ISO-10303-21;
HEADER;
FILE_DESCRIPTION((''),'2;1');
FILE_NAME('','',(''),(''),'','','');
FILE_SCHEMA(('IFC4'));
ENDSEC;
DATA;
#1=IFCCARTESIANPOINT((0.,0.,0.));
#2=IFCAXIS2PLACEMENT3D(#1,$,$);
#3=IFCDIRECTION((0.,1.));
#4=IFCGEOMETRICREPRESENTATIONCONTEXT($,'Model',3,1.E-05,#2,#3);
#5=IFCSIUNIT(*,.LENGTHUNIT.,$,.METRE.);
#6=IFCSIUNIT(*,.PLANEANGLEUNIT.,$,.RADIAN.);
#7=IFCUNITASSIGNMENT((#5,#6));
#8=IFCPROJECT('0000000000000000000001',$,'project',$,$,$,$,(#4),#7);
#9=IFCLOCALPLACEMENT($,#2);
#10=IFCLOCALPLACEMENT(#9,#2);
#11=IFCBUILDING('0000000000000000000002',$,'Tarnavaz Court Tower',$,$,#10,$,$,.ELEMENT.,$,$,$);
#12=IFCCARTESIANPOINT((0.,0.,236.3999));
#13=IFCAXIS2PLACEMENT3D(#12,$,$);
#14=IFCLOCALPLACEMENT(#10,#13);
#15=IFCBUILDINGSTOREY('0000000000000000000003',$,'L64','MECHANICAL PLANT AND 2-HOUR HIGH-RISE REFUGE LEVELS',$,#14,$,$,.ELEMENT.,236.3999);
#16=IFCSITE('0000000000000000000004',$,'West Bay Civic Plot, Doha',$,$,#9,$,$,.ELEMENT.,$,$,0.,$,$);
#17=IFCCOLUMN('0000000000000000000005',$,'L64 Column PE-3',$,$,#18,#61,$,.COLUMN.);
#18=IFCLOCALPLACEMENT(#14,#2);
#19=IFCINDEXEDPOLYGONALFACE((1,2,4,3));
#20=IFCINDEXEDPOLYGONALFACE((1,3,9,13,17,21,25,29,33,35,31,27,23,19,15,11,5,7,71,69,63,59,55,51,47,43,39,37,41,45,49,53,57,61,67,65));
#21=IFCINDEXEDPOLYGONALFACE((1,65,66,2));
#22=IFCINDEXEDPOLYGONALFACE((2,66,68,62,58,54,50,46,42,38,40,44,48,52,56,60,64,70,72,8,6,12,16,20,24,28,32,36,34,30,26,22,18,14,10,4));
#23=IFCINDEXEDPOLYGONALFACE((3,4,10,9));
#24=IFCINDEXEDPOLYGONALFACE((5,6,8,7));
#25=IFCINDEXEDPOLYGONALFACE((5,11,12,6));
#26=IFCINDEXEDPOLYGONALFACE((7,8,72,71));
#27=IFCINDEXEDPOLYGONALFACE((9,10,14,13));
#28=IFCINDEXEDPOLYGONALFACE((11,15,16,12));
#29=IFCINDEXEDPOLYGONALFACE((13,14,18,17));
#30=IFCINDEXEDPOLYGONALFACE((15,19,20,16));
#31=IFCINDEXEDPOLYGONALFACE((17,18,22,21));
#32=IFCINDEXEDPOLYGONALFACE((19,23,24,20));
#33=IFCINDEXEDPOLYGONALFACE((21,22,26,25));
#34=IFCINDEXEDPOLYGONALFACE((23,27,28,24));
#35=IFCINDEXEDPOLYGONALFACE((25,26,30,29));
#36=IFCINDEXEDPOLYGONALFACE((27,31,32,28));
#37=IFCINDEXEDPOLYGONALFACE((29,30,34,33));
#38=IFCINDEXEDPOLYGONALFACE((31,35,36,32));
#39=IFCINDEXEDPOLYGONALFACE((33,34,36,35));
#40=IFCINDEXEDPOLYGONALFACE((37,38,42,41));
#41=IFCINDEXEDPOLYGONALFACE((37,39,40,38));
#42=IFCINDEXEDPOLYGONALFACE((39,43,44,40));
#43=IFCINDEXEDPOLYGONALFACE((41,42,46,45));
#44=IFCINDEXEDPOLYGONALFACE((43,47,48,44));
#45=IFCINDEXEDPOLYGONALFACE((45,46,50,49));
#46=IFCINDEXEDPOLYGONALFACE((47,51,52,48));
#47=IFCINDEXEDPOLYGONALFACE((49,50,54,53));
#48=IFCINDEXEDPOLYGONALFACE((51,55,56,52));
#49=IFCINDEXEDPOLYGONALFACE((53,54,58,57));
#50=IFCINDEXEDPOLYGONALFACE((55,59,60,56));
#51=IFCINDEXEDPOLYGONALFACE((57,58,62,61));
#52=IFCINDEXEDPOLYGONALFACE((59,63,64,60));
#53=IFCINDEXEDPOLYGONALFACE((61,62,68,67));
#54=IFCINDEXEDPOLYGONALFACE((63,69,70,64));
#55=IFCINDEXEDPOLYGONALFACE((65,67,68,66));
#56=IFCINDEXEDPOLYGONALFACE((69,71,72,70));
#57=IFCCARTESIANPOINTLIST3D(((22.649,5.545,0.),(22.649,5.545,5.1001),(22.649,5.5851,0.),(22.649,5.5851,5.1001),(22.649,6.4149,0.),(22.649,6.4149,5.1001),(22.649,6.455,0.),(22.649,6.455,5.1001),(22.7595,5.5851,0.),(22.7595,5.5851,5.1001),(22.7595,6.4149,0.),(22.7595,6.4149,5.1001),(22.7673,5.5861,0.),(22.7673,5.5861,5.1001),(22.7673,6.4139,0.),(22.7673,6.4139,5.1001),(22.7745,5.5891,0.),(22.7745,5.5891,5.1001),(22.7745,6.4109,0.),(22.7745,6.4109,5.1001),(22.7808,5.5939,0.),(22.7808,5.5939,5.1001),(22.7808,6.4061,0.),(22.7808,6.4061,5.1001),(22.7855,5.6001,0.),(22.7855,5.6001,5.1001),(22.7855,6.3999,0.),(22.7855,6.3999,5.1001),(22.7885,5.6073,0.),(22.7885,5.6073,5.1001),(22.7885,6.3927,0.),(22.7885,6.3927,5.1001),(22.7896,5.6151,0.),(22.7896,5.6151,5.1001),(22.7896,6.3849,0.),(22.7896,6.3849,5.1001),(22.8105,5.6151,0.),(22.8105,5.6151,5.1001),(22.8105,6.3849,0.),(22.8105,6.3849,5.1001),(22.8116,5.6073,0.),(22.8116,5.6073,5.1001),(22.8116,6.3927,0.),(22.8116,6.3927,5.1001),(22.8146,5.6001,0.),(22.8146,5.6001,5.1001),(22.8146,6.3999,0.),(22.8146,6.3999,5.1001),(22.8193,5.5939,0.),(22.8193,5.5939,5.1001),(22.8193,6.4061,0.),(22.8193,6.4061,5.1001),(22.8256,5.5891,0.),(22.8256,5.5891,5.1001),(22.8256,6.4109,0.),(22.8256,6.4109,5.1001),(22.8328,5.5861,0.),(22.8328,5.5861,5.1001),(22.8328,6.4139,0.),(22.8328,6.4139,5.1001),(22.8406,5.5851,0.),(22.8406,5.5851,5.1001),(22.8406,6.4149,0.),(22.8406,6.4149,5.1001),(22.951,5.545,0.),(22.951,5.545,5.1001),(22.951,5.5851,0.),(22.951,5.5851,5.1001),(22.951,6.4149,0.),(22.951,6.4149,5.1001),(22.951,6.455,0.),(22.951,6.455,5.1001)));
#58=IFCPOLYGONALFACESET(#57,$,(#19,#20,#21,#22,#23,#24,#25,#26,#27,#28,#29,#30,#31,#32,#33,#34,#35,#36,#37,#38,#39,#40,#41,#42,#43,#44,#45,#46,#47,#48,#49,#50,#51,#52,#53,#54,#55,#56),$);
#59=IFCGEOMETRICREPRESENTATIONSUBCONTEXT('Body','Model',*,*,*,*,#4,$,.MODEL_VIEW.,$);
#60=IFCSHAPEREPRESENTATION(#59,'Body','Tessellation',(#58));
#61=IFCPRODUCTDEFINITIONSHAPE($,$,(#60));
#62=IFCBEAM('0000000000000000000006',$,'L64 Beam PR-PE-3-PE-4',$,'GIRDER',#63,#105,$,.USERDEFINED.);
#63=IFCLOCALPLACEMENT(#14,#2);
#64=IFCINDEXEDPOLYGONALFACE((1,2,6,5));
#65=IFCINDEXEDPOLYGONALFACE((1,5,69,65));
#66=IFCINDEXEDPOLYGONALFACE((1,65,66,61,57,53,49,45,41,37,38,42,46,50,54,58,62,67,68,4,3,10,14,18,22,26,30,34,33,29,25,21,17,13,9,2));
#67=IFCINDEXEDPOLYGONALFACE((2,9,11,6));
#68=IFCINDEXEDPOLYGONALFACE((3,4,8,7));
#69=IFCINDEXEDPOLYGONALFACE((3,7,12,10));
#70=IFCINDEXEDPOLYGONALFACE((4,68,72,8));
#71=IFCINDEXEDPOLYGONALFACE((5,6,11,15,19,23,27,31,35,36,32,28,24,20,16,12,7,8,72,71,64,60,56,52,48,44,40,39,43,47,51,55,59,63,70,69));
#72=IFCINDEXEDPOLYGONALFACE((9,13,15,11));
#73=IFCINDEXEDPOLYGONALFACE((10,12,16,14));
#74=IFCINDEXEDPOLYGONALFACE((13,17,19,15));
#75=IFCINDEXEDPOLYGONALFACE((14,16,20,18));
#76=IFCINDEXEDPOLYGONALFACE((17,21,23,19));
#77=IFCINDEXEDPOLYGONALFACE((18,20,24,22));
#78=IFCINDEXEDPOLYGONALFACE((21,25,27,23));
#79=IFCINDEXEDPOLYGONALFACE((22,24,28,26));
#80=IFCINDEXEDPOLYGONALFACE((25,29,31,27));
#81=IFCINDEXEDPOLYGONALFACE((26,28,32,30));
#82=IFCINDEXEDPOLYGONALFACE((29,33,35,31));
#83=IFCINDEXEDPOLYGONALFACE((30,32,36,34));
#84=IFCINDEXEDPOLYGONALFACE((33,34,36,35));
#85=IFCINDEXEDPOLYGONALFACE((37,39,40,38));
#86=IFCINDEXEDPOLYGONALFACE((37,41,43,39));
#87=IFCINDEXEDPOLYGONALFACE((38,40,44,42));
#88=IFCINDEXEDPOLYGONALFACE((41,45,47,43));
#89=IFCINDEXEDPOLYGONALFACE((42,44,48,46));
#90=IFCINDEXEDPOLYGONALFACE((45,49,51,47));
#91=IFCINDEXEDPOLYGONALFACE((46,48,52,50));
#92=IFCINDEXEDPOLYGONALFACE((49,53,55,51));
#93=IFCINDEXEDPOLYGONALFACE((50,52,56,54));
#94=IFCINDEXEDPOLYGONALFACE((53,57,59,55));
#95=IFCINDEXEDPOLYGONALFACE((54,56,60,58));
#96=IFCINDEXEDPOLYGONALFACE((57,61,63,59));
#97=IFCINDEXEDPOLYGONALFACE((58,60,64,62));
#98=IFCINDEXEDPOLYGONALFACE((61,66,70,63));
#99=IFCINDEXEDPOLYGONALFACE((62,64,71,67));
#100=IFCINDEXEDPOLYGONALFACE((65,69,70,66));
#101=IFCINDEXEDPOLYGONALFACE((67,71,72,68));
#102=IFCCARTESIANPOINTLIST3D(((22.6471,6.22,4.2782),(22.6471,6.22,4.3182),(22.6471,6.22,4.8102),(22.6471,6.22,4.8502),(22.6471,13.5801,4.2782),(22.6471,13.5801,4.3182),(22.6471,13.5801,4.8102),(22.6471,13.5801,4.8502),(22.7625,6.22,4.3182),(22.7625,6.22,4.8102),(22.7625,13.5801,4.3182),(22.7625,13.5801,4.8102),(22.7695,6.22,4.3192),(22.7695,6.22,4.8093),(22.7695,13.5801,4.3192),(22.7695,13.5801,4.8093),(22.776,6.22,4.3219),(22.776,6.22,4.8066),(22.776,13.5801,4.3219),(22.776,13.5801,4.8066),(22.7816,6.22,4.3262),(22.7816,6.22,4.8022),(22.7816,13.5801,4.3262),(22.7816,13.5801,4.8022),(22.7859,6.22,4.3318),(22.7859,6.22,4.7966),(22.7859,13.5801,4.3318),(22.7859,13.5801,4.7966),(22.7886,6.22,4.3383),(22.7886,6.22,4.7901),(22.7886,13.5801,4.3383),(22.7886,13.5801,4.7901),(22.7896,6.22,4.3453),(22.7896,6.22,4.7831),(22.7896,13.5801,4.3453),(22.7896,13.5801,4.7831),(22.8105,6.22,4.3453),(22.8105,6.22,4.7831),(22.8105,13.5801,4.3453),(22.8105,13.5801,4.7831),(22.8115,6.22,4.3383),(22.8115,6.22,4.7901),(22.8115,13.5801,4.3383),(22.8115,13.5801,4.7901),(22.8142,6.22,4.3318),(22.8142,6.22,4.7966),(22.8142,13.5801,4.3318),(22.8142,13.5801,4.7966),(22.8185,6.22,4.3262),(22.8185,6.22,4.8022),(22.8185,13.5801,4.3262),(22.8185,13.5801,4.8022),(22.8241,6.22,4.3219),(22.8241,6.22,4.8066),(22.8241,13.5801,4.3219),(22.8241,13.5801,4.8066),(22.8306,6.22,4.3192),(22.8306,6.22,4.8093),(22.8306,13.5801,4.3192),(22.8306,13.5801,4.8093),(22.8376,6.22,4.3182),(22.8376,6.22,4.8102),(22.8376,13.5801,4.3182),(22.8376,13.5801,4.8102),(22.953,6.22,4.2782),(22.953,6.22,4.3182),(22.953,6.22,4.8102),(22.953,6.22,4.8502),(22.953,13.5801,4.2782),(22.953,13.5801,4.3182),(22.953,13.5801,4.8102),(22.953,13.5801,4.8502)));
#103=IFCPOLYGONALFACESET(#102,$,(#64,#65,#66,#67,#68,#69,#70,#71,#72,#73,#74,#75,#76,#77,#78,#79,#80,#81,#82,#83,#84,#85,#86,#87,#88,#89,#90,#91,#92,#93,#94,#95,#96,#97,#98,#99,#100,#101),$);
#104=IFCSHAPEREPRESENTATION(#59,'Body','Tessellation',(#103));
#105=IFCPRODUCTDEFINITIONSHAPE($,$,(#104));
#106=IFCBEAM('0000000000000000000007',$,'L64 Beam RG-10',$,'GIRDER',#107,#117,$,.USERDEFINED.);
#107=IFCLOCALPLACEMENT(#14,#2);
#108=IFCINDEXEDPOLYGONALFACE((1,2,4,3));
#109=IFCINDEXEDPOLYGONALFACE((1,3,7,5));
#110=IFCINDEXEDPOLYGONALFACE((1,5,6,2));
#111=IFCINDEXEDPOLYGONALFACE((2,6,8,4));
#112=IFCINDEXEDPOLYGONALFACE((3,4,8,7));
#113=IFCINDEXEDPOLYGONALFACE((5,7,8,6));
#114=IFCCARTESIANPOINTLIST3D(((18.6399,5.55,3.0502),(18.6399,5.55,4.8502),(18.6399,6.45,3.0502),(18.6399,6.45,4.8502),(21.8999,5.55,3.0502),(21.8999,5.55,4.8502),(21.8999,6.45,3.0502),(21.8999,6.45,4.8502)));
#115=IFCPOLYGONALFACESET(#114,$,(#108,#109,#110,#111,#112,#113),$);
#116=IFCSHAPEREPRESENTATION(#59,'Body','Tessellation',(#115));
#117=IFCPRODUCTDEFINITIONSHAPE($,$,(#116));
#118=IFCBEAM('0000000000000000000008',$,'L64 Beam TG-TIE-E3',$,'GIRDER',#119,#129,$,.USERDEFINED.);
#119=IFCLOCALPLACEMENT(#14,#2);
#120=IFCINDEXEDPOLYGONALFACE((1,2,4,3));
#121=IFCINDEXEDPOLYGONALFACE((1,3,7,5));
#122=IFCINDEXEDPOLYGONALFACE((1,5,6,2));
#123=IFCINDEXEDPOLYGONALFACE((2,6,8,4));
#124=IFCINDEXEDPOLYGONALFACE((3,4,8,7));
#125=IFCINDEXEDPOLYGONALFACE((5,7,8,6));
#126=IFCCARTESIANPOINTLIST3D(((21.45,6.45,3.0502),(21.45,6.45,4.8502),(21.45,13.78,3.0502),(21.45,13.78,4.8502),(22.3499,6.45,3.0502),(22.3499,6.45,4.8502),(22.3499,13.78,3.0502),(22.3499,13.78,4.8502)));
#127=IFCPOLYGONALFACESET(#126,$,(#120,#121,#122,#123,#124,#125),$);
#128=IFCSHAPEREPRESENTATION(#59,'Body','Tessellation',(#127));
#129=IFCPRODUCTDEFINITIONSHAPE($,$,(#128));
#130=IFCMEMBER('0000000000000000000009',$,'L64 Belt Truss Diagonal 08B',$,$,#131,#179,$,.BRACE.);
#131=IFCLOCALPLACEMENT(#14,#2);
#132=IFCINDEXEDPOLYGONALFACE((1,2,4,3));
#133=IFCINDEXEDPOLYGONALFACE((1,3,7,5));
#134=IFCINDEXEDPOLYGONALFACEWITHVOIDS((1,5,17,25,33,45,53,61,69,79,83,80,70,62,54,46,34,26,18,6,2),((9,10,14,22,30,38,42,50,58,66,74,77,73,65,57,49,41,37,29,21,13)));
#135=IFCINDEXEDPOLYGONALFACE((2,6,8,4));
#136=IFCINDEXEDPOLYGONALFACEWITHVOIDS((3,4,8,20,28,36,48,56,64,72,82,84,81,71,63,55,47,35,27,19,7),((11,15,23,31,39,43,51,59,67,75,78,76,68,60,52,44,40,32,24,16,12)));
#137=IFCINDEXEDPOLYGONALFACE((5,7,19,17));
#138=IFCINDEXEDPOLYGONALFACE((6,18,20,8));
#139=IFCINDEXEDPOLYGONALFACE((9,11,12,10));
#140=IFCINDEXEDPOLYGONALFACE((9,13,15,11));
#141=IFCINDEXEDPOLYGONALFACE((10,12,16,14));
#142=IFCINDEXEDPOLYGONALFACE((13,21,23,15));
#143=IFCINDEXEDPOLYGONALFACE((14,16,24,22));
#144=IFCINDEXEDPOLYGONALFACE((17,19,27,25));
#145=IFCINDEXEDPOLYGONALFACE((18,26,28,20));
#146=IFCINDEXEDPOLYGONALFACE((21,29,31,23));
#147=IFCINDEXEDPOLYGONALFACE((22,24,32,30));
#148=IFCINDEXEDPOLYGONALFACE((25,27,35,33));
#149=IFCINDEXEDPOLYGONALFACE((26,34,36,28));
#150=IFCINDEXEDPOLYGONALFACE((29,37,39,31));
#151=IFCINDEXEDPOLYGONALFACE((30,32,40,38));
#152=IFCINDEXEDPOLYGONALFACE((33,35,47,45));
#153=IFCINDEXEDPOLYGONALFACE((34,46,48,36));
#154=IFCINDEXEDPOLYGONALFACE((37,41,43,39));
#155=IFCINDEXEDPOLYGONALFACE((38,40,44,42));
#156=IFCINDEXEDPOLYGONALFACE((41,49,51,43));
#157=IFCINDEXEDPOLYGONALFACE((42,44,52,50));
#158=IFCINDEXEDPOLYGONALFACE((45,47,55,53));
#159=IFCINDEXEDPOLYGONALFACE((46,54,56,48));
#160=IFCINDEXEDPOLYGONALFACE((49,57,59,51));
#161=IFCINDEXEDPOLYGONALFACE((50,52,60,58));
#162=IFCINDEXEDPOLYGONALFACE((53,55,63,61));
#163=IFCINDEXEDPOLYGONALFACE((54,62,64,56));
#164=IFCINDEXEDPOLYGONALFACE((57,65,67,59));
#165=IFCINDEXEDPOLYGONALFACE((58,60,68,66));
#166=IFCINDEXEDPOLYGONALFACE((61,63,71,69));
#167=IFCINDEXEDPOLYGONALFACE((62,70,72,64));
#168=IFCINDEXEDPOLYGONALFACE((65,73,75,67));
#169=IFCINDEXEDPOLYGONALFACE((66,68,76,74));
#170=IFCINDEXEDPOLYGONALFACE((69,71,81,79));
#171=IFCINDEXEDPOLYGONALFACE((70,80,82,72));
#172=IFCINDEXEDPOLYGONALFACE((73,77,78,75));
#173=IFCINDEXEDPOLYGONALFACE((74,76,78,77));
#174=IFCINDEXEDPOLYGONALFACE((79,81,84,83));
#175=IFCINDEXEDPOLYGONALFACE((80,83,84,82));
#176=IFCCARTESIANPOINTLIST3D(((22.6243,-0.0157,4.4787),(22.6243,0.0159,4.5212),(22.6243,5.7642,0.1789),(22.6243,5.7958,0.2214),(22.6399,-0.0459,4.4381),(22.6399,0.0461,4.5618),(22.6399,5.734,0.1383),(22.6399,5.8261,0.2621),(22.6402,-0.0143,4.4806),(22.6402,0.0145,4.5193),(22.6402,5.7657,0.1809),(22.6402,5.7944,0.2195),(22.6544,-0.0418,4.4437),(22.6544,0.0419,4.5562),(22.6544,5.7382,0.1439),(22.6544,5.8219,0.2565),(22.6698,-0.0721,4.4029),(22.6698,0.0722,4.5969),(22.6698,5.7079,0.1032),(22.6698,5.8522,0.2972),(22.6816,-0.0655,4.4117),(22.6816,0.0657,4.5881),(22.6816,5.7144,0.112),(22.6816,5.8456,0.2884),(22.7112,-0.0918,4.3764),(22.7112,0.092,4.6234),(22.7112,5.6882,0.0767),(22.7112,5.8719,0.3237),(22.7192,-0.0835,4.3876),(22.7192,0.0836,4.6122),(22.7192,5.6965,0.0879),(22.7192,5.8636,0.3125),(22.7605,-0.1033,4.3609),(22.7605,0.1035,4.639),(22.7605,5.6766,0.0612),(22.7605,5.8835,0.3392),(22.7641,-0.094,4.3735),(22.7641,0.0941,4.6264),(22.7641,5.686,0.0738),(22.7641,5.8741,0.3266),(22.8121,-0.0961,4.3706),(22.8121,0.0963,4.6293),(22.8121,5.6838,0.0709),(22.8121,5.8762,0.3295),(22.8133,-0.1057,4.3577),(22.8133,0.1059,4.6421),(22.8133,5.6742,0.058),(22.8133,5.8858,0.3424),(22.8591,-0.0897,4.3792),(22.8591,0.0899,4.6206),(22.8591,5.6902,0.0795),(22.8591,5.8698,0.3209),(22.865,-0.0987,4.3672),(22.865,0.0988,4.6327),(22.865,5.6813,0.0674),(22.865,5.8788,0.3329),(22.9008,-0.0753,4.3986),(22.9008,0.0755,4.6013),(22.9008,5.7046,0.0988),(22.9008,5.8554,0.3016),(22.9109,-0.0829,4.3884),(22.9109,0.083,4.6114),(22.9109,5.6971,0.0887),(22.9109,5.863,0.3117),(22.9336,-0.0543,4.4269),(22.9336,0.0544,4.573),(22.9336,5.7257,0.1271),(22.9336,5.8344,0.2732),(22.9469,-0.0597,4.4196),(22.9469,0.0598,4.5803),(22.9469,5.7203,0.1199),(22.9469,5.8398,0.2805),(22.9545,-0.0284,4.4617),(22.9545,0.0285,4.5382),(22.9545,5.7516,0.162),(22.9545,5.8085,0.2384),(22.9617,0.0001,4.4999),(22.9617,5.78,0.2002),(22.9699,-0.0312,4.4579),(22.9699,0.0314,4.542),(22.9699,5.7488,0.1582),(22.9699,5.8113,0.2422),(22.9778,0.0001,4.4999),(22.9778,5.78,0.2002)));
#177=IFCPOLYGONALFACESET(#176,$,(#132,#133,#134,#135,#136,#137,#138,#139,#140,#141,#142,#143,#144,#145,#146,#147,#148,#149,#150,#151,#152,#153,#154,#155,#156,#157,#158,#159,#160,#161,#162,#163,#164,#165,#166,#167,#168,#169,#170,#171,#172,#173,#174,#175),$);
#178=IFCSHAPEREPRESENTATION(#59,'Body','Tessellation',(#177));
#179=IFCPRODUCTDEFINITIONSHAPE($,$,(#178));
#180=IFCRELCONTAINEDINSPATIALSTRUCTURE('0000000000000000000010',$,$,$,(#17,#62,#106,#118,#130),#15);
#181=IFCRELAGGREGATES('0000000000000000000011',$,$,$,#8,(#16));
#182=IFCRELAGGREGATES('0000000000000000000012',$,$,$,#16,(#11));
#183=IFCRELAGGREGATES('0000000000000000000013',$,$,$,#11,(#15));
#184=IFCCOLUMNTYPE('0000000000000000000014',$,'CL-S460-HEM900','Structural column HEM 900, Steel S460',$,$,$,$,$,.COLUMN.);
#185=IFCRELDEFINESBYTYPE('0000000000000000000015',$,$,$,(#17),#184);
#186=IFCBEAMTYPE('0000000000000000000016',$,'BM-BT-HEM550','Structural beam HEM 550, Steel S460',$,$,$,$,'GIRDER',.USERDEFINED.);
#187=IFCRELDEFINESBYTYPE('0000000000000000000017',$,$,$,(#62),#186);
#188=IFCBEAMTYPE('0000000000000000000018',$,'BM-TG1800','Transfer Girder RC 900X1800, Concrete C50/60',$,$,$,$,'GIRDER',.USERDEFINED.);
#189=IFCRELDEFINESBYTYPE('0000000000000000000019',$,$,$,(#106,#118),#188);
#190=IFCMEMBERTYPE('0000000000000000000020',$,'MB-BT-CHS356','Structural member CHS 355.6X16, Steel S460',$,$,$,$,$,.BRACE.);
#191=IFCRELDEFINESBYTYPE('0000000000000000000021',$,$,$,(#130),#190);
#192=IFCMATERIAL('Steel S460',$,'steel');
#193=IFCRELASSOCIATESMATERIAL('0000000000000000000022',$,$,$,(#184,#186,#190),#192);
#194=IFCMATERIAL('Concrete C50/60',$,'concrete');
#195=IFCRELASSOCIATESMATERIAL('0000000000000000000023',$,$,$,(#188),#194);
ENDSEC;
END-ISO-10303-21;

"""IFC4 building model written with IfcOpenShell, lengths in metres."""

from ifc_helpers import new_model, si_unit, direction, frame, origin, origin_2d, place, context, subcontext, project, spatial, rectangle, hollow_circle, i_section, extrude, material, material_profile, profile_set, type_object, element, save


model = new_model("IFC4")

# Units and contexts
model_context = context("Model", 3, precision=1e-05, world=origin(), true_north=direction((0.0, 1.0)))
body_context = subcontext(model_context, "Body", "Model", "MODEL_VIEW")
ifc_project = project(units=[si_unit("LENGTHUNIT", "METRE"), si_unit("PLANEANGLEUNIT", "RADIAN")], contexts=[model_context])

# Site, building, storey
site_placement = place(None, origin())
site = spatial("IfcSite", under=ifc_project, at=site_placement, Name="West Bay Civic Plot, Doha", CompositionType="ELEMENT", RefElevation=0.0)
building_placement = place(site_placement, origin())
building = spatial("IfcBuilding", under=site, at=building_placement, Name="Tarnavaz Court Tower", CompositionType="ELEMENT")
storey_placement = place(building_placement, frame((0.0, 0.0, 236.3999)))
storey = spatial("IfcBuildingStorey", under=building, at=storey_placement, Name="L64", Description="MECHANICAL PLANT AND 2-HOUR HIGH-RISE REFUGE LEVELS", CompositionType="ELEMENT", Elevation=236.3999)

# Column
ifc_material_1 = material(Name="Steel S460", Category="steel")
ifc_material_profile_1 = material_profile(ifc_material_1, i_section(OverallWidth=0.302, OverallDepth=0.9099, WebThickness=0.021, FlangeThickness=0.04, FilletRadius=0.03, at=origin_2d()), Name="HEM 900")
ifc_profile_set_1 = profile_set([ifc_material_profile_1], Name="Steel S460")
column_type = type_object("IfcColumnType", Name="CL-S460-HEM900", Description="Structural column HEM 900, Steel S460", PredefinedType="COLUMN", material=ifc_profile_set_1)
column_placement = place(storey_placement, frame((22.8, 6.0, 0.0), z_axis=(0.0, 0.0, 1.0), x_axis=(1.0, 0.0, 0.0)))
element("IfcColumn", 1, at=column_placement, inside=storey, type_object=column_type, Name="L64 Column PE-3", PredefinedType="COLUMN", context=body_context, shape_type="SweptSolid", body=[
    extrude(i_section(OverallWidth=0.302, OverallDepth=0.9099, WebThickness=0.021, FlangeThickness=0.04, FilletRadius=0.03, at=origin_2d()), origin(), (0.0, 0.0, 1.0), 5.1001),
])

# Beams
ifc_material_profile_2 = material_profile(ifc_material_1, i_section(OverallWidth=0.3059, OverallDepth=0.572, WebThickness=0.021, FlangeThickness=0.04, FilletRadius=0.0271, at=origin_2d()), Name="HEM 550")
ifc_profile_set_2 = profile_set([ifc_material_profile_2], Name="Steel S460")
beam_type_1 = type_object("IfcBeamType", Name="BM-BT-HEM550", Description="Structural beam HEM 550, Steel S460", ElementType="GIRDER", PredefinedType="USERDEFINED", material=ifc_profile_set_2)
beam_1_placement = place(storey_placement, frame((22.8, 6.22, 4.5642), z_axis=(0.0, 1.0, 0.0), x_axis=(-1.0, 0.0, 0.0)))
element("IfcBeam", 2, at=beam_1_placement, inside=storey, type_object=beam_type_1, Name="L64 Beam PR-PE-3-PE-4", ObjectType="GIRDER", PredefinedType="USERDEFINED", context=body_context, shape_type="SweptSolid", body=[
    extrude(i_section(OverallWidth=0.3059, OverallDepth=0.572, WebThickness=0.021, FlangeThickness=0.04, FilletRadius=0.0271, at=origin_2d()), origin(), (0.0, 0.0, 1.0), 7.3601),
])
ifc_material_2 = material(Name="Concrete C50/60", Category="concrete")
ifc_material_profile_3 = material_profile(ifc_material_2, rectangle(XDim=0.8999, YDim=1.8, at=origin_2d()), Name="RC 900X1800")
ifc_profile_set_3 = profile_set([ifc_material_profile_3], Name="Concrete C50/60")
beam_type_2 = type_object("IfcBeamType", Name="BM-TG1800", Description="Transfer Girder RC 900X1800, Concrete C50/60", ElementType="GIRDER", PredefinedType="USERDEFINED", material=ifc_profile_set_3)
beam_2_placement = place(storey_placement, frame((18.6399, 6.0, 3.9502), z_axis=(1.0, 0.0, 0.0), x_axis=(0.0, 1.0, 0.0)))
element("IfcBeam", 3, at=beam_2_placement, inside=storey, type_object=beam_type_2, Name="L64 Beam RG-10", ObjectType="GIRDER", PredefinedType="USERDEFINED", context=body_context, shape_type="SweptSolid", body=[
    extrude(rectangle(XDim=0.8999, YDim=1.8, at=origin_2d()), origin(), (0.0, 0.0, 1.0), 3.26),
])
beam_3_placement = place(storey_placement, frame((21.8999, 6.45, 3.9502), z_axis=(0.0, 1.0, 0.0), x_axis=(-1.0, 0.0, 0.0)))
element("IfcBeam", 4, at=beam_3_placement, inside=storey, type_object=beam_type_2, Name="L64 Beam TG-TIE-E3", ObjectType="GIRDER", PredefinedType="USERDEFINED", context=body_context, shape_type="SweptSolid", body=[
    extrude(rectangle(XDim=0.8999, YDim=1.8, at=origin_2d()), origin(), (0.0, 0.0, 1.0), 7.3301),
])

# Member
ifc_material_profile_4 = material_profile(ifc_material_1, hollow_circle(Radius=0.1777, WallThickness=0.0161, at=origin_2d()), Name="CHS 355.6X16")
ifc_profile_set_4 = profile_set([ifc_material_profile_4], Name="Steel S460")
member_type_1 = type_object("IfcMemberType", Name="MB-BT-CHS356", Description="Structural member CHS 355.6X16, Steel S460", PredefinedType="BRACE", material=ifc_profile_set_4)
member_1_placement = place(storey_placement, frame((22.8, 5.78, 0.2002), z_axis=(0.0, -0.80234, 0.596867), x_axis=(1.0, 0.0, 0.0)))
element("IfcMember", 5, at=member_1_placement, inside=storey, type_object=member_type_1, Name="L64 Belt Truss Diagonal 08B", PredefinedType="BRACE", context=body_context, shape_type="SweptSolid", body=[
    extrude(hollow_circle(Radius=0.1777, WallThickness=0.0161, at=origin_2d()), origin(), (0.0, 0.0, 1.0), 7.2039),
])

save(model, "model.ifc")
